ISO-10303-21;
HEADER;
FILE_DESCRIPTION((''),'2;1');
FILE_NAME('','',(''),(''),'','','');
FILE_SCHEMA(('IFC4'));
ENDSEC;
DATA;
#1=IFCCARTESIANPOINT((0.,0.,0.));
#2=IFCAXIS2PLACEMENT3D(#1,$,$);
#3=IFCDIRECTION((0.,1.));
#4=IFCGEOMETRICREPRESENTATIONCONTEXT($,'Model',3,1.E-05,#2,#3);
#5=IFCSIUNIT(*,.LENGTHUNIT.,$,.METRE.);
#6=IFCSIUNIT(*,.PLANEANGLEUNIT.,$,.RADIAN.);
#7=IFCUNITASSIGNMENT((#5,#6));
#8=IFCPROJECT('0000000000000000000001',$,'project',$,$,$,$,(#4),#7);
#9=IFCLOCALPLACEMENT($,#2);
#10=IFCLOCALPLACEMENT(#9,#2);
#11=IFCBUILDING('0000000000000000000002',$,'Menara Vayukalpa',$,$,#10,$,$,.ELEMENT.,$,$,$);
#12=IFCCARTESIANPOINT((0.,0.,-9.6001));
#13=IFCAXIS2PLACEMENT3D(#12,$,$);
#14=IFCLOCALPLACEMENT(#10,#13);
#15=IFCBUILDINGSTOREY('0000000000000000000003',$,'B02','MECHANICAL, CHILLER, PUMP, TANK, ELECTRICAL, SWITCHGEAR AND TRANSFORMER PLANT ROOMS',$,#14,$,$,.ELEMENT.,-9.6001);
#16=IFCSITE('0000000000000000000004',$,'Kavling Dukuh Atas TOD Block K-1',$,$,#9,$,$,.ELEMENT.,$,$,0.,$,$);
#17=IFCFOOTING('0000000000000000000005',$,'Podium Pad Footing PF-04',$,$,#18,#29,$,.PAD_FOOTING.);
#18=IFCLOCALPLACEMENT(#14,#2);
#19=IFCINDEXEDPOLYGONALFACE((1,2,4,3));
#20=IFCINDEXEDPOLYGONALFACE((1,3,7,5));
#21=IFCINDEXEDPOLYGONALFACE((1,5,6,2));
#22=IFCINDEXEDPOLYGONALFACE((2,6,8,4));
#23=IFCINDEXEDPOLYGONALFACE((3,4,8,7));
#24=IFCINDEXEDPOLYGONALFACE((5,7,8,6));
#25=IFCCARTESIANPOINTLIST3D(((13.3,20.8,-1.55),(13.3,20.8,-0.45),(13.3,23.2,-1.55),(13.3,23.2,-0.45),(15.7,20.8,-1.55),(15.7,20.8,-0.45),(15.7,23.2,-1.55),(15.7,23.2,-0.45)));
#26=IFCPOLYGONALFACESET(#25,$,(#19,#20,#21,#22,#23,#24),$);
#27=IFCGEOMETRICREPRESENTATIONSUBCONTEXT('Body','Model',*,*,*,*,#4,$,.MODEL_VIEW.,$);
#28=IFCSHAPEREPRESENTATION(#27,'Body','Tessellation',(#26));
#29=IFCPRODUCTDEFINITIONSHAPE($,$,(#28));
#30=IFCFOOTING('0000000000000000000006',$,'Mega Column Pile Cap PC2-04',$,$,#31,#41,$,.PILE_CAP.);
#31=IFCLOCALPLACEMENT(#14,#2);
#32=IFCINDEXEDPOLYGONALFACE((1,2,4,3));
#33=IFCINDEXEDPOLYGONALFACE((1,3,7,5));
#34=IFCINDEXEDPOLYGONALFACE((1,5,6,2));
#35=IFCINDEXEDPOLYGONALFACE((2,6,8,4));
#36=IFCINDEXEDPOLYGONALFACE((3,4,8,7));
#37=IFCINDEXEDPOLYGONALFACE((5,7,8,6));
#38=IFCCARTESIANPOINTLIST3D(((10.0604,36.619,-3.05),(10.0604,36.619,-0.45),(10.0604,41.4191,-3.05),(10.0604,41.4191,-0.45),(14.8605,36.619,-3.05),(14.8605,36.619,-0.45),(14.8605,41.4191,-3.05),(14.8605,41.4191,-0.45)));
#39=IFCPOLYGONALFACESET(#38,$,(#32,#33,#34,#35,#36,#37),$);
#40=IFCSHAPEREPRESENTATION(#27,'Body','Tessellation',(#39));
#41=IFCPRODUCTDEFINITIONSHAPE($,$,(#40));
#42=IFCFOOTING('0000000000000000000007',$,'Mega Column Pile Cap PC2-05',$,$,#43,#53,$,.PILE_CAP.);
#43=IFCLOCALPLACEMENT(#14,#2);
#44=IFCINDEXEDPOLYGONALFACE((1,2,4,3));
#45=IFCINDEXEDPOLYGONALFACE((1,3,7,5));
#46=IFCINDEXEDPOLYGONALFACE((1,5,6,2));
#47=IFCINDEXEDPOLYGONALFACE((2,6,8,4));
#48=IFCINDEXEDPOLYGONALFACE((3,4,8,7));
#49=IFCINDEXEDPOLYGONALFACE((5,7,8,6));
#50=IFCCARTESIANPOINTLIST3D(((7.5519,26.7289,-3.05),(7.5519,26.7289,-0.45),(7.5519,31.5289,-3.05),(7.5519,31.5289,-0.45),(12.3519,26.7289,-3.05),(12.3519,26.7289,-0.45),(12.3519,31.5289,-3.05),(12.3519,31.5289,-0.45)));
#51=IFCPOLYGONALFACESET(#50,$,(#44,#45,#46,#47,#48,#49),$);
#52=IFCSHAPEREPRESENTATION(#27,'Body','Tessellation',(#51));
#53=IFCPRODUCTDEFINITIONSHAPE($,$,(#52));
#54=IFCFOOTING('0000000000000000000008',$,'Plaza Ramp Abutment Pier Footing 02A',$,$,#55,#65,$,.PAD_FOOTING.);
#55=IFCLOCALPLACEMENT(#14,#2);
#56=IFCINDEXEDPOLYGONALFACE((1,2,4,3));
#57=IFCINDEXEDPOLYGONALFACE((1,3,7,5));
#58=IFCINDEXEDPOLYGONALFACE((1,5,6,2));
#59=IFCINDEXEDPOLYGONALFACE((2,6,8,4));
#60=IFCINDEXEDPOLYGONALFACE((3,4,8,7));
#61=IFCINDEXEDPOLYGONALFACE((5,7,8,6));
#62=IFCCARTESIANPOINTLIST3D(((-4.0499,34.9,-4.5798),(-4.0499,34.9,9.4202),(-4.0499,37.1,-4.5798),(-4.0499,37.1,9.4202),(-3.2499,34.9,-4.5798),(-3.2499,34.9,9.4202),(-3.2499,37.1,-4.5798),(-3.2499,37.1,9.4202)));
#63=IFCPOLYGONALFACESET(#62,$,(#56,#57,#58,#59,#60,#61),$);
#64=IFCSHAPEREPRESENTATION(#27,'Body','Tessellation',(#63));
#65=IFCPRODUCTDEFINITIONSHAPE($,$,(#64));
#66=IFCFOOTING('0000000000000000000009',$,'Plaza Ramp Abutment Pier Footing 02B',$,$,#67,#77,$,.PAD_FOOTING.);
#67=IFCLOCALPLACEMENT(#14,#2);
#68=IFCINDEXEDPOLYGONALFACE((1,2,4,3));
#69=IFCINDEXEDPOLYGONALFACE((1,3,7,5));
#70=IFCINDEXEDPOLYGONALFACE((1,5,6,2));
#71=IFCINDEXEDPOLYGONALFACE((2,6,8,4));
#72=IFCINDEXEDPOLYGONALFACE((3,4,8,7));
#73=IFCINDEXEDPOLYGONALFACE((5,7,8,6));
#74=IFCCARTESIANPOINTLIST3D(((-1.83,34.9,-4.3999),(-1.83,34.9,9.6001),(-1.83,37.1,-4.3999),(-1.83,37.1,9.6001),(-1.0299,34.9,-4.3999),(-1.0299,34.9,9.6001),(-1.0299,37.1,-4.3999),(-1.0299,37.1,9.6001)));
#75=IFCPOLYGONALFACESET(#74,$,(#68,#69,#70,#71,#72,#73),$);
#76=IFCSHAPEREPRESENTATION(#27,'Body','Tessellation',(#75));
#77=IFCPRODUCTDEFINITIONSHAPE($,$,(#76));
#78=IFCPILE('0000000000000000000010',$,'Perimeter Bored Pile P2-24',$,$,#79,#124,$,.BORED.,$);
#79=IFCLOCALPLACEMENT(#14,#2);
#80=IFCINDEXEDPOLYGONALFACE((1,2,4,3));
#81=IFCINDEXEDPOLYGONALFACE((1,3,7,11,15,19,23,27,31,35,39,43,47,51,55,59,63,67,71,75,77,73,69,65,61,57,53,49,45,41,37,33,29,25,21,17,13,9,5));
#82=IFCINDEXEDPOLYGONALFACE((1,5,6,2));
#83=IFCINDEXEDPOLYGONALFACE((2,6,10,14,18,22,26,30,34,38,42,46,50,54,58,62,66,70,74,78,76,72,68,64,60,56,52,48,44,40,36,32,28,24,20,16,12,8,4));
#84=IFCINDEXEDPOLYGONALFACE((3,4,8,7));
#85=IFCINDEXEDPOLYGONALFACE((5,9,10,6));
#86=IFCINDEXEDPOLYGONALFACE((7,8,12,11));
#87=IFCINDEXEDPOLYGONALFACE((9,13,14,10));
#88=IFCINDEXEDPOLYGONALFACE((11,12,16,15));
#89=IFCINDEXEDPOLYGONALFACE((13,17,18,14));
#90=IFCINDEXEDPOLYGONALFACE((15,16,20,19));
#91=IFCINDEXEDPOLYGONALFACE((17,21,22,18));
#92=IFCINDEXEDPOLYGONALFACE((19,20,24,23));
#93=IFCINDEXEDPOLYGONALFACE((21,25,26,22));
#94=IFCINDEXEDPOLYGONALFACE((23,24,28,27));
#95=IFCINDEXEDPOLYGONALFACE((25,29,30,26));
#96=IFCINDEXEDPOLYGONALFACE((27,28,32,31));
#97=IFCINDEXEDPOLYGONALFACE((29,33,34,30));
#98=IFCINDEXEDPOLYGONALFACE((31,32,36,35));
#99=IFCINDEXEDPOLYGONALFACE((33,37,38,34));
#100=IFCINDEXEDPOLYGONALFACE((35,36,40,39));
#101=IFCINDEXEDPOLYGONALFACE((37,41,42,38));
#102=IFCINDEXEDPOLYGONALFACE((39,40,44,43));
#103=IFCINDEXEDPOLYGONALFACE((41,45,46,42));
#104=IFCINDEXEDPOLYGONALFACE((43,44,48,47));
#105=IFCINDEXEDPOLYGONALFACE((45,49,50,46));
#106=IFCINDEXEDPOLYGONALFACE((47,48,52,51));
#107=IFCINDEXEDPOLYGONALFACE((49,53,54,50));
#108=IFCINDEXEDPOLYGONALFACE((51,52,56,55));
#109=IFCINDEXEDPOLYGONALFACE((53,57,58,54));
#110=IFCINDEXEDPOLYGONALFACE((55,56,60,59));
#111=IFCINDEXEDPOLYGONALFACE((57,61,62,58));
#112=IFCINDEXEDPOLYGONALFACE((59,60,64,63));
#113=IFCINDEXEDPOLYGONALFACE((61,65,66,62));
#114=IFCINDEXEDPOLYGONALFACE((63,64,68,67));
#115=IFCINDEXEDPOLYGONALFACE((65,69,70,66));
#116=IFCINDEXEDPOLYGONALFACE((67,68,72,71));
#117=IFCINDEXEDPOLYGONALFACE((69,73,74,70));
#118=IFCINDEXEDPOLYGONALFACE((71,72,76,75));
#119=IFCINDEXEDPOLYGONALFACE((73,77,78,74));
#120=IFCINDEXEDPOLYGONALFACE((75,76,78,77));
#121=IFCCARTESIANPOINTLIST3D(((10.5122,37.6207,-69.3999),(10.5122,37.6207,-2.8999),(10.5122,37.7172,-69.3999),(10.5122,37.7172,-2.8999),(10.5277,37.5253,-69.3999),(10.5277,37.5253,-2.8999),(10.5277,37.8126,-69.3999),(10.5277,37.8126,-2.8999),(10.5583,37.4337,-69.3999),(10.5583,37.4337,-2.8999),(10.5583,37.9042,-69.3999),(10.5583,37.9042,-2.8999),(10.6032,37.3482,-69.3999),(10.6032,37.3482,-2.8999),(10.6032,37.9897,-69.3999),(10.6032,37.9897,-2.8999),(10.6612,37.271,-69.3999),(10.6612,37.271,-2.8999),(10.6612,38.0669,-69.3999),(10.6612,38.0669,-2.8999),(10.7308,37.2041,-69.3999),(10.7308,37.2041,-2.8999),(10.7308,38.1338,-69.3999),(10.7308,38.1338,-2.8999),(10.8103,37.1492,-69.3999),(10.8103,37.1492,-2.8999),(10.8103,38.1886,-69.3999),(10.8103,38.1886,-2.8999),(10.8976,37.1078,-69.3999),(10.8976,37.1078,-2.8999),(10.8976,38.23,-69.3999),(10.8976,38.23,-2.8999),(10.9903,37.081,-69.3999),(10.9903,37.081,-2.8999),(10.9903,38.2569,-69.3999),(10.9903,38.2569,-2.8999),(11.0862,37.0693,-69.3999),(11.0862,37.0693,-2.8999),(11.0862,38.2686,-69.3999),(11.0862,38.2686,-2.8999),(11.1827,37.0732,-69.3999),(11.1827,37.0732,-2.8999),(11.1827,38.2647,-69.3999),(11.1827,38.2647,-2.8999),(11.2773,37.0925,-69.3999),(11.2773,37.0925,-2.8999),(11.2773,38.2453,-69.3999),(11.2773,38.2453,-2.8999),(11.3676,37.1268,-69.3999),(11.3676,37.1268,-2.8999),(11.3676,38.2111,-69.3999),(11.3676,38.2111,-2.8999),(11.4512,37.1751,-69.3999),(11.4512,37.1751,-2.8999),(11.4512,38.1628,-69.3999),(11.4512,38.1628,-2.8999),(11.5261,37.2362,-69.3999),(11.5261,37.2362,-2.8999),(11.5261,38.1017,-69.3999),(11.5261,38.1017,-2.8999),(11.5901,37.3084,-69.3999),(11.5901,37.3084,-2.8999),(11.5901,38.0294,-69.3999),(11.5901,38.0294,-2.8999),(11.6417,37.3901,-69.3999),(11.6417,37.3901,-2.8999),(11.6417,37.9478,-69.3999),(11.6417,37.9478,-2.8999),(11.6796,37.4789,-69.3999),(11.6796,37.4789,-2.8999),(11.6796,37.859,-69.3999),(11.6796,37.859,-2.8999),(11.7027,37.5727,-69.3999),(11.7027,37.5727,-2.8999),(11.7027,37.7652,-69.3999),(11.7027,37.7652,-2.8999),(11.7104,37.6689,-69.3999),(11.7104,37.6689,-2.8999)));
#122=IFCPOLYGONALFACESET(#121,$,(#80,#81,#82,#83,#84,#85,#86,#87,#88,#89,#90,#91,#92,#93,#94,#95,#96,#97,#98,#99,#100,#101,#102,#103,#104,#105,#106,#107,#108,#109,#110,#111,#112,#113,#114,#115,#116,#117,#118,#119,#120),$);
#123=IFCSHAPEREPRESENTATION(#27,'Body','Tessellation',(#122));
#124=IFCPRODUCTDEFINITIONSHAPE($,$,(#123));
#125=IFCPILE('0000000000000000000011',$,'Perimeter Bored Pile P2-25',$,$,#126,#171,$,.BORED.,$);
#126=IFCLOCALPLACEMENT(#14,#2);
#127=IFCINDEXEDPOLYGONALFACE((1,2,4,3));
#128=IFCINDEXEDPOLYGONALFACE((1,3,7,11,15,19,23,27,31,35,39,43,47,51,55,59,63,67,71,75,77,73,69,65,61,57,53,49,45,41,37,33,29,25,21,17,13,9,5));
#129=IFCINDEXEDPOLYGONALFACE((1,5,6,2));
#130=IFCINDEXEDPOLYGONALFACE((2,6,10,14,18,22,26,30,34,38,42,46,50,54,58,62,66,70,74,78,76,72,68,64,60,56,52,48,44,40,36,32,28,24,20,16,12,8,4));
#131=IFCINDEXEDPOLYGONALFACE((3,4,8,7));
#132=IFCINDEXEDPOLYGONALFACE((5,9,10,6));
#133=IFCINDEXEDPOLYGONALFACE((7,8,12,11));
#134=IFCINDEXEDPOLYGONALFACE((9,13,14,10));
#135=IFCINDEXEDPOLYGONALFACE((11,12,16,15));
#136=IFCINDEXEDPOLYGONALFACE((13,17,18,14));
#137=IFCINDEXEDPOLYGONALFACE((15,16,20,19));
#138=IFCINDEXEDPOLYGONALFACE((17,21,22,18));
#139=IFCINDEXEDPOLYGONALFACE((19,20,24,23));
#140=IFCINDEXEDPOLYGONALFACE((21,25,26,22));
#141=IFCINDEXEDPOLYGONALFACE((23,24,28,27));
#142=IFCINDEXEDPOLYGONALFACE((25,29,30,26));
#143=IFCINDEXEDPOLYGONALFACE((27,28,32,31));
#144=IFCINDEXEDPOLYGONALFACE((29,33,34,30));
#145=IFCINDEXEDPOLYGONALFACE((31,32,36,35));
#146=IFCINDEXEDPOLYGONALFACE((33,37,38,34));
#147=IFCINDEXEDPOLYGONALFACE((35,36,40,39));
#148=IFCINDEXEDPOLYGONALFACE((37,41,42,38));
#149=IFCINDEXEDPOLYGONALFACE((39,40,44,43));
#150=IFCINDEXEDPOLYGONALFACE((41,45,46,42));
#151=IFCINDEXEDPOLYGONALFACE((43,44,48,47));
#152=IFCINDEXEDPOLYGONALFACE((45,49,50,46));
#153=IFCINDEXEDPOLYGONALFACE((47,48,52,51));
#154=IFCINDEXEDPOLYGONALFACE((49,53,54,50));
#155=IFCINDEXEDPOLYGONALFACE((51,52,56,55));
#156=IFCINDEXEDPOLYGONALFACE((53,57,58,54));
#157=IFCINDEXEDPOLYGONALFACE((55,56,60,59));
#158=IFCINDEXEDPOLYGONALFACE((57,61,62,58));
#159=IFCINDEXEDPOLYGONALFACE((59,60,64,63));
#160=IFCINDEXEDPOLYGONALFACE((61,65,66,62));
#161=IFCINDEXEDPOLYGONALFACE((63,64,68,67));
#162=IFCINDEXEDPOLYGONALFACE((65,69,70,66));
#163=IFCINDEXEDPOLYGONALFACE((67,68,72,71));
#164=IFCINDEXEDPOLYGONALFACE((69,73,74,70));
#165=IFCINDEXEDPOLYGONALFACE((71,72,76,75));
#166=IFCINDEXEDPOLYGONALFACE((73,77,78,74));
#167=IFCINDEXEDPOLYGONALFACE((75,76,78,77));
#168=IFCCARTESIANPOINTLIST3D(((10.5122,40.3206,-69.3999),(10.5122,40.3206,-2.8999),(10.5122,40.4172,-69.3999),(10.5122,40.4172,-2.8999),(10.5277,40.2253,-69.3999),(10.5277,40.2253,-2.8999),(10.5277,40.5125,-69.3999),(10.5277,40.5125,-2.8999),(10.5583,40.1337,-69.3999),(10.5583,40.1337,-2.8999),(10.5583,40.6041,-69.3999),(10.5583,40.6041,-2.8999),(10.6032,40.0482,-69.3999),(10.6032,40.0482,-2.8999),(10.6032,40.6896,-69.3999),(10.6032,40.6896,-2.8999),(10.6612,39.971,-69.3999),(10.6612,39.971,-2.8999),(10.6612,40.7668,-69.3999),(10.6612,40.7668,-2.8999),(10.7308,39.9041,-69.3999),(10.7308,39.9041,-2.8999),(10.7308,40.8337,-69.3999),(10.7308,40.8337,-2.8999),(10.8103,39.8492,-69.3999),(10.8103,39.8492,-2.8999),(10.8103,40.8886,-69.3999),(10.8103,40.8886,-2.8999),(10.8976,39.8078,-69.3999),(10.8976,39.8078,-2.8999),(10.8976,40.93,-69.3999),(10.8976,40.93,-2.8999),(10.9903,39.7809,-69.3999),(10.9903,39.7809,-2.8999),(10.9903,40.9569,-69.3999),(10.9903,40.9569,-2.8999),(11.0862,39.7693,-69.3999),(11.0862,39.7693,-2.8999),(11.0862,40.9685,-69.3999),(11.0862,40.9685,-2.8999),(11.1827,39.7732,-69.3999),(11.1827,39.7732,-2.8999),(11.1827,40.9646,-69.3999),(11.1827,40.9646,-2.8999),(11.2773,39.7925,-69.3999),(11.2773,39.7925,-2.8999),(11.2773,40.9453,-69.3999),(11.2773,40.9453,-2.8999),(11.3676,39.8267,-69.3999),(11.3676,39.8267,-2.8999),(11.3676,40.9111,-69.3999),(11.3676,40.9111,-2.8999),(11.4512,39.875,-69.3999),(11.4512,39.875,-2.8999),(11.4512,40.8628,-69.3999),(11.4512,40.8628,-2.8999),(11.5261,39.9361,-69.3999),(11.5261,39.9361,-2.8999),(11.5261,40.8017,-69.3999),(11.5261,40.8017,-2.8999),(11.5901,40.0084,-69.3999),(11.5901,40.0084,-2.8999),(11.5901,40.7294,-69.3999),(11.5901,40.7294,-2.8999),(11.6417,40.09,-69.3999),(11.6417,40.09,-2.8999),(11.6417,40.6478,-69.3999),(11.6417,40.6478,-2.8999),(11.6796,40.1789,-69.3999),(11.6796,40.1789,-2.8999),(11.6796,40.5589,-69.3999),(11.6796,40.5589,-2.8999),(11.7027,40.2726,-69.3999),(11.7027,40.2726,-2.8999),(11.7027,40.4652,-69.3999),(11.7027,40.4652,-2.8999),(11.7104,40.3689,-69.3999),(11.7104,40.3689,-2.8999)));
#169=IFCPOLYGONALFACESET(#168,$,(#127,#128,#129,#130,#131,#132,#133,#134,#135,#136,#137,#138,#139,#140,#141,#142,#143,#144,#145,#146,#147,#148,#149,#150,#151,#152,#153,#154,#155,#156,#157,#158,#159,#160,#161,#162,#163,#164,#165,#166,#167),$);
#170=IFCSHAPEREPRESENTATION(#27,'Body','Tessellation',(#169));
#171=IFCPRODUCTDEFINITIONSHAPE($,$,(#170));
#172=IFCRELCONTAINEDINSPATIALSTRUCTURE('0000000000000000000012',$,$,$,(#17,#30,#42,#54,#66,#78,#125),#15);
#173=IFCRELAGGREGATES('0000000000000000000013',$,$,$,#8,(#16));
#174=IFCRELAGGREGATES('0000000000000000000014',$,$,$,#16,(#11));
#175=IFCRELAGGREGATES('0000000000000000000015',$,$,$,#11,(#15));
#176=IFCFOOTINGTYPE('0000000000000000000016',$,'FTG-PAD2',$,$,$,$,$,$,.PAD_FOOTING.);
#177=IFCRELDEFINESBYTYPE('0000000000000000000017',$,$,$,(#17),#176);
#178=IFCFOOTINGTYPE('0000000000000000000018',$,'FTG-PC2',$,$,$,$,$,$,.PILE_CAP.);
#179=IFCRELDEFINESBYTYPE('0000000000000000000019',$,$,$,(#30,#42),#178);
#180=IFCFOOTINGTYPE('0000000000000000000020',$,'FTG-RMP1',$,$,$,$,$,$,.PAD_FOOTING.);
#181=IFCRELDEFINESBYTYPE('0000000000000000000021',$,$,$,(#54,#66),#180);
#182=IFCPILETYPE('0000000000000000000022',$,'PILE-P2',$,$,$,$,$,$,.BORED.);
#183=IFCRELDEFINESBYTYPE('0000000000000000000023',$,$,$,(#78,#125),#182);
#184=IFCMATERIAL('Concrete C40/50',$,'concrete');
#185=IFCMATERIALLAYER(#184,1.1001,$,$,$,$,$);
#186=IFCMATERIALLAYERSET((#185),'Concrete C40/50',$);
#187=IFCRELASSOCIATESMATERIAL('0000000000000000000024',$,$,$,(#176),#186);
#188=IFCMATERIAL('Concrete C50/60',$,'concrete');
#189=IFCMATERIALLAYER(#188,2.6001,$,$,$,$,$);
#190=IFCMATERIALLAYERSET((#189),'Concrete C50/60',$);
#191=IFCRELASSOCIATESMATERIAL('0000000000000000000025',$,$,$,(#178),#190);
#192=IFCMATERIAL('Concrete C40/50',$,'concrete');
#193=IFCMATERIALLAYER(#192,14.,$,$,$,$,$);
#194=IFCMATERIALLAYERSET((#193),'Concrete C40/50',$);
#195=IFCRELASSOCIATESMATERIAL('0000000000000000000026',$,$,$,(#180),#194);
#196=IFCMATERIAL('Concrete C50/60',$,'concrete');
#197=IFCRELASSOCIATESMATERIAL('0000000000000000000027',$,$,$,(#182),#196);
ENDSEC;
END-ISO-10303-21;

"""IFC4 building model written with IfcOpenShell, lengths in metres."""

from ifc_helpers import new_model, si_unit, direction, frame, origin, origin_2d, place, context, subcontext, project, spatial, rectangle, circle, extrude, material, layer, layer_set, material_profile, profile_set, type_object, element, save


model = new_model("IFC4")

# Units and contexts
model_context = context("Model", 3, precision=1e-05, world=origin(), true_north=direction((0.0, 1.0)))
body_context = subcontext(model_context, "Body", "Model", "MODEL_VIEW")
ifc_project = project(units=[si_unit("LENGTHUNIT", "METRE"), si_unit("PLANEANGLEUNIT", "RADIAN")], contexts=[model_context])

# Site, building, storey
site_placement = place(None, origin())
site = spatial("IfcSite", under=ifc_project, at=site_placement, Name="Kavling Dukuh Atas TOD Block K-1", CompositionType="ELEMENT", RefElevation=0.0)
building_placement = place(site_placement, origin())
building = spatial("IfcBuilding", under=site, at=building_placement, Name="Menara Vayukalpa", CompositionType="ELEMENT")
storey_placement = place(building_placement, frame((0.0, 0.0, -9.6001)))
storey = spatial("IfcBuildingStorey", under=building, at=storey_placement, Name="B02", Description="MECHANICAL, CHILLER, PUMP, TANK, ELECTRICAL, SWITCHGEAR AND TRANSFORMER PLANT ROOMS", CompositionType="ELEMENT", Elevation=-9.6001)

# Footings
ifc_material_1 = material(Name="Concrete C40/50", Category="concrete")
ifc_layer_1 = layer(ifc_material_1, 1.1001)
ifc_layer_set_1 = layer_set([ifc_layer_1], Name="Concrete C40/50")
footing_type_1 = type_object("IfcFootingType", Name="FTG-PAD2", PredefinedType="PAD_FOOTING", material=ifc_layer_set_1)
footing_placement = place(storey_placement, frame((14.5, 22.0, -1.55), z_axis=(0.0, 0.0, 1.0), x_axis=(1.0, 0.0, 0.0)))
element("IfcFooting", 1, at=footing_placement, inside=storey, type_object=footing_type_1, Name="Podium Pad Footing PF-04", PredefinedType="PAD_FOOTING", context=body_context, shape_type="SweptSolid", body=[
    extrude(rectangle(XDim=2.3999, YDim=2.3999, at=origin_2d()), origin(), (0.0, 0.0, 1.0), 1.1001),
])
ifc_material_2 = material(Name="Concrete C50/60", Category="concrete")
ifc_layer_2 = layer(ifc_material_2, 2.6001)
ifc_layer_set_2 = layer_set([ifc_layer_2], Name="Concrete C50/60")
footing_type_2 = type_object("IfcFootingType", Name="FTG-PC2", PredefinedType="PILE_CAP", material=ifc_layer_set_2)
for number, where, z_axis, x_axis, name in (
    (2, (12.4604, 39.019, -3.05), (0.0, 0.0, 1.0), (1.0, 0.0, 0.0), "Mega Column Pile Cap PC2-04"),
    (3, (9.9519, 29.1289, -3.05), (0.0, 0.0, 1.0), (1.0, 0.0, 0.0), "Mega Column Pile Cap PC2-05"),
):
    element("IfcFooting", number, at=place(storey_placement, frame(where, z_axis=z_axis, x_axis=x_axis)), inside=storey, type_object=footing_type_2, Name=name, PredefinedType="PILE_CAP", context=body_context, shape_type="SweptSolid", body=[
        extrude(rectangle(XDim=4.8, YDim=4.8, at=origin_2d()), origin(), (0.0, 0.0, 1.0), 2.6001),
    ])
ifc_material_3 = material(Name="Concrete C40/50", Category="concrete")
ifc_layer_3 = layer(ifc_material_3, 14.0)
ifc_layer_set_3 = layer_set([ifc_layer_3], Name="Concrete C40/50")
footing_type_3 = type_object("IfcFootingType", Name="FTG-RMP1", PredefinedType="PAD_FOOTING", material=ifc_layer_set_3)
for number, where, z_axis, x_axis, name in (
    (4, (-3.6499, 36.0, -4.5798), (0.0, 0.0, 1.0), (1.0, 0.0, 0.0), "Plaza Ramp Abutment Pier Footing 02A"),
    (5, (-1.4299, 36.0, -4.3999), (0.0, 0.0, 1.0), (1.0, 0.0, 0.0), "Plaza Ramp Abutment Pier Footing 02B"),
):
    element("IfcFooting", number, at=place(storey_placement, frame(where, z_axis=z_axis, x_axis=x_axis)), inside=storey, type_object=footing_type_3, Name=name, PredefinedType="PAD_FOOTING", context=body_context, shape_type="SweptSolid", body=[
        extrude(rectangle(XDim=0.8, YDim=2.2, at=origin_2d()), origin(), (0.0, 0.0, 1.0), 14.0),
    ])

# Piles
ifc_material_4 = material(Name="Concrete C50/60", Category="concrete")
ifc_material_profile_1 = material_profile(ifc_material_4, circle(Radius=0.6001, at=origin_2d()), Name="PILE D1200")
ifc_profile_set_1 = profile_set([ifc_material_profile_1], Name="Concrete C50/60")
pile_type = type_object("IfcPileType", Name="PILE-P2", PredefinedType="BORED", material=ifc_profile_set_1)
for number, where, z_axis, x_axis, name in (
    (6, (11.1104, 37.6689, -2.8999), (0.0, 0.0, -1.0), (1.0, 0.0, 0.0), "Perimeter Bored Pile P2-24"),
    (7, (11.1104, 40.3689, -2.8999), (0.0, 0.0, -1.0), (1.0, 0.0, 0.0), "Perimeter Bored Pile P2-25"),
):
    element("IfcPile", number, at=place(storey_placement, frame(where, z_axis=z_axis, x_axis=x_axis)), inside=storey, type_object=pile_type, Name=name, PredefinedType="BORED", context=body_context, shape_type="SweptSolid", body=[
        extrude(circle(Radius=0.6001, at=origin_2d()), origin(), (0.0, 0.0, 1.0), 66.5),
    ])

save(model, "model.ifc")
